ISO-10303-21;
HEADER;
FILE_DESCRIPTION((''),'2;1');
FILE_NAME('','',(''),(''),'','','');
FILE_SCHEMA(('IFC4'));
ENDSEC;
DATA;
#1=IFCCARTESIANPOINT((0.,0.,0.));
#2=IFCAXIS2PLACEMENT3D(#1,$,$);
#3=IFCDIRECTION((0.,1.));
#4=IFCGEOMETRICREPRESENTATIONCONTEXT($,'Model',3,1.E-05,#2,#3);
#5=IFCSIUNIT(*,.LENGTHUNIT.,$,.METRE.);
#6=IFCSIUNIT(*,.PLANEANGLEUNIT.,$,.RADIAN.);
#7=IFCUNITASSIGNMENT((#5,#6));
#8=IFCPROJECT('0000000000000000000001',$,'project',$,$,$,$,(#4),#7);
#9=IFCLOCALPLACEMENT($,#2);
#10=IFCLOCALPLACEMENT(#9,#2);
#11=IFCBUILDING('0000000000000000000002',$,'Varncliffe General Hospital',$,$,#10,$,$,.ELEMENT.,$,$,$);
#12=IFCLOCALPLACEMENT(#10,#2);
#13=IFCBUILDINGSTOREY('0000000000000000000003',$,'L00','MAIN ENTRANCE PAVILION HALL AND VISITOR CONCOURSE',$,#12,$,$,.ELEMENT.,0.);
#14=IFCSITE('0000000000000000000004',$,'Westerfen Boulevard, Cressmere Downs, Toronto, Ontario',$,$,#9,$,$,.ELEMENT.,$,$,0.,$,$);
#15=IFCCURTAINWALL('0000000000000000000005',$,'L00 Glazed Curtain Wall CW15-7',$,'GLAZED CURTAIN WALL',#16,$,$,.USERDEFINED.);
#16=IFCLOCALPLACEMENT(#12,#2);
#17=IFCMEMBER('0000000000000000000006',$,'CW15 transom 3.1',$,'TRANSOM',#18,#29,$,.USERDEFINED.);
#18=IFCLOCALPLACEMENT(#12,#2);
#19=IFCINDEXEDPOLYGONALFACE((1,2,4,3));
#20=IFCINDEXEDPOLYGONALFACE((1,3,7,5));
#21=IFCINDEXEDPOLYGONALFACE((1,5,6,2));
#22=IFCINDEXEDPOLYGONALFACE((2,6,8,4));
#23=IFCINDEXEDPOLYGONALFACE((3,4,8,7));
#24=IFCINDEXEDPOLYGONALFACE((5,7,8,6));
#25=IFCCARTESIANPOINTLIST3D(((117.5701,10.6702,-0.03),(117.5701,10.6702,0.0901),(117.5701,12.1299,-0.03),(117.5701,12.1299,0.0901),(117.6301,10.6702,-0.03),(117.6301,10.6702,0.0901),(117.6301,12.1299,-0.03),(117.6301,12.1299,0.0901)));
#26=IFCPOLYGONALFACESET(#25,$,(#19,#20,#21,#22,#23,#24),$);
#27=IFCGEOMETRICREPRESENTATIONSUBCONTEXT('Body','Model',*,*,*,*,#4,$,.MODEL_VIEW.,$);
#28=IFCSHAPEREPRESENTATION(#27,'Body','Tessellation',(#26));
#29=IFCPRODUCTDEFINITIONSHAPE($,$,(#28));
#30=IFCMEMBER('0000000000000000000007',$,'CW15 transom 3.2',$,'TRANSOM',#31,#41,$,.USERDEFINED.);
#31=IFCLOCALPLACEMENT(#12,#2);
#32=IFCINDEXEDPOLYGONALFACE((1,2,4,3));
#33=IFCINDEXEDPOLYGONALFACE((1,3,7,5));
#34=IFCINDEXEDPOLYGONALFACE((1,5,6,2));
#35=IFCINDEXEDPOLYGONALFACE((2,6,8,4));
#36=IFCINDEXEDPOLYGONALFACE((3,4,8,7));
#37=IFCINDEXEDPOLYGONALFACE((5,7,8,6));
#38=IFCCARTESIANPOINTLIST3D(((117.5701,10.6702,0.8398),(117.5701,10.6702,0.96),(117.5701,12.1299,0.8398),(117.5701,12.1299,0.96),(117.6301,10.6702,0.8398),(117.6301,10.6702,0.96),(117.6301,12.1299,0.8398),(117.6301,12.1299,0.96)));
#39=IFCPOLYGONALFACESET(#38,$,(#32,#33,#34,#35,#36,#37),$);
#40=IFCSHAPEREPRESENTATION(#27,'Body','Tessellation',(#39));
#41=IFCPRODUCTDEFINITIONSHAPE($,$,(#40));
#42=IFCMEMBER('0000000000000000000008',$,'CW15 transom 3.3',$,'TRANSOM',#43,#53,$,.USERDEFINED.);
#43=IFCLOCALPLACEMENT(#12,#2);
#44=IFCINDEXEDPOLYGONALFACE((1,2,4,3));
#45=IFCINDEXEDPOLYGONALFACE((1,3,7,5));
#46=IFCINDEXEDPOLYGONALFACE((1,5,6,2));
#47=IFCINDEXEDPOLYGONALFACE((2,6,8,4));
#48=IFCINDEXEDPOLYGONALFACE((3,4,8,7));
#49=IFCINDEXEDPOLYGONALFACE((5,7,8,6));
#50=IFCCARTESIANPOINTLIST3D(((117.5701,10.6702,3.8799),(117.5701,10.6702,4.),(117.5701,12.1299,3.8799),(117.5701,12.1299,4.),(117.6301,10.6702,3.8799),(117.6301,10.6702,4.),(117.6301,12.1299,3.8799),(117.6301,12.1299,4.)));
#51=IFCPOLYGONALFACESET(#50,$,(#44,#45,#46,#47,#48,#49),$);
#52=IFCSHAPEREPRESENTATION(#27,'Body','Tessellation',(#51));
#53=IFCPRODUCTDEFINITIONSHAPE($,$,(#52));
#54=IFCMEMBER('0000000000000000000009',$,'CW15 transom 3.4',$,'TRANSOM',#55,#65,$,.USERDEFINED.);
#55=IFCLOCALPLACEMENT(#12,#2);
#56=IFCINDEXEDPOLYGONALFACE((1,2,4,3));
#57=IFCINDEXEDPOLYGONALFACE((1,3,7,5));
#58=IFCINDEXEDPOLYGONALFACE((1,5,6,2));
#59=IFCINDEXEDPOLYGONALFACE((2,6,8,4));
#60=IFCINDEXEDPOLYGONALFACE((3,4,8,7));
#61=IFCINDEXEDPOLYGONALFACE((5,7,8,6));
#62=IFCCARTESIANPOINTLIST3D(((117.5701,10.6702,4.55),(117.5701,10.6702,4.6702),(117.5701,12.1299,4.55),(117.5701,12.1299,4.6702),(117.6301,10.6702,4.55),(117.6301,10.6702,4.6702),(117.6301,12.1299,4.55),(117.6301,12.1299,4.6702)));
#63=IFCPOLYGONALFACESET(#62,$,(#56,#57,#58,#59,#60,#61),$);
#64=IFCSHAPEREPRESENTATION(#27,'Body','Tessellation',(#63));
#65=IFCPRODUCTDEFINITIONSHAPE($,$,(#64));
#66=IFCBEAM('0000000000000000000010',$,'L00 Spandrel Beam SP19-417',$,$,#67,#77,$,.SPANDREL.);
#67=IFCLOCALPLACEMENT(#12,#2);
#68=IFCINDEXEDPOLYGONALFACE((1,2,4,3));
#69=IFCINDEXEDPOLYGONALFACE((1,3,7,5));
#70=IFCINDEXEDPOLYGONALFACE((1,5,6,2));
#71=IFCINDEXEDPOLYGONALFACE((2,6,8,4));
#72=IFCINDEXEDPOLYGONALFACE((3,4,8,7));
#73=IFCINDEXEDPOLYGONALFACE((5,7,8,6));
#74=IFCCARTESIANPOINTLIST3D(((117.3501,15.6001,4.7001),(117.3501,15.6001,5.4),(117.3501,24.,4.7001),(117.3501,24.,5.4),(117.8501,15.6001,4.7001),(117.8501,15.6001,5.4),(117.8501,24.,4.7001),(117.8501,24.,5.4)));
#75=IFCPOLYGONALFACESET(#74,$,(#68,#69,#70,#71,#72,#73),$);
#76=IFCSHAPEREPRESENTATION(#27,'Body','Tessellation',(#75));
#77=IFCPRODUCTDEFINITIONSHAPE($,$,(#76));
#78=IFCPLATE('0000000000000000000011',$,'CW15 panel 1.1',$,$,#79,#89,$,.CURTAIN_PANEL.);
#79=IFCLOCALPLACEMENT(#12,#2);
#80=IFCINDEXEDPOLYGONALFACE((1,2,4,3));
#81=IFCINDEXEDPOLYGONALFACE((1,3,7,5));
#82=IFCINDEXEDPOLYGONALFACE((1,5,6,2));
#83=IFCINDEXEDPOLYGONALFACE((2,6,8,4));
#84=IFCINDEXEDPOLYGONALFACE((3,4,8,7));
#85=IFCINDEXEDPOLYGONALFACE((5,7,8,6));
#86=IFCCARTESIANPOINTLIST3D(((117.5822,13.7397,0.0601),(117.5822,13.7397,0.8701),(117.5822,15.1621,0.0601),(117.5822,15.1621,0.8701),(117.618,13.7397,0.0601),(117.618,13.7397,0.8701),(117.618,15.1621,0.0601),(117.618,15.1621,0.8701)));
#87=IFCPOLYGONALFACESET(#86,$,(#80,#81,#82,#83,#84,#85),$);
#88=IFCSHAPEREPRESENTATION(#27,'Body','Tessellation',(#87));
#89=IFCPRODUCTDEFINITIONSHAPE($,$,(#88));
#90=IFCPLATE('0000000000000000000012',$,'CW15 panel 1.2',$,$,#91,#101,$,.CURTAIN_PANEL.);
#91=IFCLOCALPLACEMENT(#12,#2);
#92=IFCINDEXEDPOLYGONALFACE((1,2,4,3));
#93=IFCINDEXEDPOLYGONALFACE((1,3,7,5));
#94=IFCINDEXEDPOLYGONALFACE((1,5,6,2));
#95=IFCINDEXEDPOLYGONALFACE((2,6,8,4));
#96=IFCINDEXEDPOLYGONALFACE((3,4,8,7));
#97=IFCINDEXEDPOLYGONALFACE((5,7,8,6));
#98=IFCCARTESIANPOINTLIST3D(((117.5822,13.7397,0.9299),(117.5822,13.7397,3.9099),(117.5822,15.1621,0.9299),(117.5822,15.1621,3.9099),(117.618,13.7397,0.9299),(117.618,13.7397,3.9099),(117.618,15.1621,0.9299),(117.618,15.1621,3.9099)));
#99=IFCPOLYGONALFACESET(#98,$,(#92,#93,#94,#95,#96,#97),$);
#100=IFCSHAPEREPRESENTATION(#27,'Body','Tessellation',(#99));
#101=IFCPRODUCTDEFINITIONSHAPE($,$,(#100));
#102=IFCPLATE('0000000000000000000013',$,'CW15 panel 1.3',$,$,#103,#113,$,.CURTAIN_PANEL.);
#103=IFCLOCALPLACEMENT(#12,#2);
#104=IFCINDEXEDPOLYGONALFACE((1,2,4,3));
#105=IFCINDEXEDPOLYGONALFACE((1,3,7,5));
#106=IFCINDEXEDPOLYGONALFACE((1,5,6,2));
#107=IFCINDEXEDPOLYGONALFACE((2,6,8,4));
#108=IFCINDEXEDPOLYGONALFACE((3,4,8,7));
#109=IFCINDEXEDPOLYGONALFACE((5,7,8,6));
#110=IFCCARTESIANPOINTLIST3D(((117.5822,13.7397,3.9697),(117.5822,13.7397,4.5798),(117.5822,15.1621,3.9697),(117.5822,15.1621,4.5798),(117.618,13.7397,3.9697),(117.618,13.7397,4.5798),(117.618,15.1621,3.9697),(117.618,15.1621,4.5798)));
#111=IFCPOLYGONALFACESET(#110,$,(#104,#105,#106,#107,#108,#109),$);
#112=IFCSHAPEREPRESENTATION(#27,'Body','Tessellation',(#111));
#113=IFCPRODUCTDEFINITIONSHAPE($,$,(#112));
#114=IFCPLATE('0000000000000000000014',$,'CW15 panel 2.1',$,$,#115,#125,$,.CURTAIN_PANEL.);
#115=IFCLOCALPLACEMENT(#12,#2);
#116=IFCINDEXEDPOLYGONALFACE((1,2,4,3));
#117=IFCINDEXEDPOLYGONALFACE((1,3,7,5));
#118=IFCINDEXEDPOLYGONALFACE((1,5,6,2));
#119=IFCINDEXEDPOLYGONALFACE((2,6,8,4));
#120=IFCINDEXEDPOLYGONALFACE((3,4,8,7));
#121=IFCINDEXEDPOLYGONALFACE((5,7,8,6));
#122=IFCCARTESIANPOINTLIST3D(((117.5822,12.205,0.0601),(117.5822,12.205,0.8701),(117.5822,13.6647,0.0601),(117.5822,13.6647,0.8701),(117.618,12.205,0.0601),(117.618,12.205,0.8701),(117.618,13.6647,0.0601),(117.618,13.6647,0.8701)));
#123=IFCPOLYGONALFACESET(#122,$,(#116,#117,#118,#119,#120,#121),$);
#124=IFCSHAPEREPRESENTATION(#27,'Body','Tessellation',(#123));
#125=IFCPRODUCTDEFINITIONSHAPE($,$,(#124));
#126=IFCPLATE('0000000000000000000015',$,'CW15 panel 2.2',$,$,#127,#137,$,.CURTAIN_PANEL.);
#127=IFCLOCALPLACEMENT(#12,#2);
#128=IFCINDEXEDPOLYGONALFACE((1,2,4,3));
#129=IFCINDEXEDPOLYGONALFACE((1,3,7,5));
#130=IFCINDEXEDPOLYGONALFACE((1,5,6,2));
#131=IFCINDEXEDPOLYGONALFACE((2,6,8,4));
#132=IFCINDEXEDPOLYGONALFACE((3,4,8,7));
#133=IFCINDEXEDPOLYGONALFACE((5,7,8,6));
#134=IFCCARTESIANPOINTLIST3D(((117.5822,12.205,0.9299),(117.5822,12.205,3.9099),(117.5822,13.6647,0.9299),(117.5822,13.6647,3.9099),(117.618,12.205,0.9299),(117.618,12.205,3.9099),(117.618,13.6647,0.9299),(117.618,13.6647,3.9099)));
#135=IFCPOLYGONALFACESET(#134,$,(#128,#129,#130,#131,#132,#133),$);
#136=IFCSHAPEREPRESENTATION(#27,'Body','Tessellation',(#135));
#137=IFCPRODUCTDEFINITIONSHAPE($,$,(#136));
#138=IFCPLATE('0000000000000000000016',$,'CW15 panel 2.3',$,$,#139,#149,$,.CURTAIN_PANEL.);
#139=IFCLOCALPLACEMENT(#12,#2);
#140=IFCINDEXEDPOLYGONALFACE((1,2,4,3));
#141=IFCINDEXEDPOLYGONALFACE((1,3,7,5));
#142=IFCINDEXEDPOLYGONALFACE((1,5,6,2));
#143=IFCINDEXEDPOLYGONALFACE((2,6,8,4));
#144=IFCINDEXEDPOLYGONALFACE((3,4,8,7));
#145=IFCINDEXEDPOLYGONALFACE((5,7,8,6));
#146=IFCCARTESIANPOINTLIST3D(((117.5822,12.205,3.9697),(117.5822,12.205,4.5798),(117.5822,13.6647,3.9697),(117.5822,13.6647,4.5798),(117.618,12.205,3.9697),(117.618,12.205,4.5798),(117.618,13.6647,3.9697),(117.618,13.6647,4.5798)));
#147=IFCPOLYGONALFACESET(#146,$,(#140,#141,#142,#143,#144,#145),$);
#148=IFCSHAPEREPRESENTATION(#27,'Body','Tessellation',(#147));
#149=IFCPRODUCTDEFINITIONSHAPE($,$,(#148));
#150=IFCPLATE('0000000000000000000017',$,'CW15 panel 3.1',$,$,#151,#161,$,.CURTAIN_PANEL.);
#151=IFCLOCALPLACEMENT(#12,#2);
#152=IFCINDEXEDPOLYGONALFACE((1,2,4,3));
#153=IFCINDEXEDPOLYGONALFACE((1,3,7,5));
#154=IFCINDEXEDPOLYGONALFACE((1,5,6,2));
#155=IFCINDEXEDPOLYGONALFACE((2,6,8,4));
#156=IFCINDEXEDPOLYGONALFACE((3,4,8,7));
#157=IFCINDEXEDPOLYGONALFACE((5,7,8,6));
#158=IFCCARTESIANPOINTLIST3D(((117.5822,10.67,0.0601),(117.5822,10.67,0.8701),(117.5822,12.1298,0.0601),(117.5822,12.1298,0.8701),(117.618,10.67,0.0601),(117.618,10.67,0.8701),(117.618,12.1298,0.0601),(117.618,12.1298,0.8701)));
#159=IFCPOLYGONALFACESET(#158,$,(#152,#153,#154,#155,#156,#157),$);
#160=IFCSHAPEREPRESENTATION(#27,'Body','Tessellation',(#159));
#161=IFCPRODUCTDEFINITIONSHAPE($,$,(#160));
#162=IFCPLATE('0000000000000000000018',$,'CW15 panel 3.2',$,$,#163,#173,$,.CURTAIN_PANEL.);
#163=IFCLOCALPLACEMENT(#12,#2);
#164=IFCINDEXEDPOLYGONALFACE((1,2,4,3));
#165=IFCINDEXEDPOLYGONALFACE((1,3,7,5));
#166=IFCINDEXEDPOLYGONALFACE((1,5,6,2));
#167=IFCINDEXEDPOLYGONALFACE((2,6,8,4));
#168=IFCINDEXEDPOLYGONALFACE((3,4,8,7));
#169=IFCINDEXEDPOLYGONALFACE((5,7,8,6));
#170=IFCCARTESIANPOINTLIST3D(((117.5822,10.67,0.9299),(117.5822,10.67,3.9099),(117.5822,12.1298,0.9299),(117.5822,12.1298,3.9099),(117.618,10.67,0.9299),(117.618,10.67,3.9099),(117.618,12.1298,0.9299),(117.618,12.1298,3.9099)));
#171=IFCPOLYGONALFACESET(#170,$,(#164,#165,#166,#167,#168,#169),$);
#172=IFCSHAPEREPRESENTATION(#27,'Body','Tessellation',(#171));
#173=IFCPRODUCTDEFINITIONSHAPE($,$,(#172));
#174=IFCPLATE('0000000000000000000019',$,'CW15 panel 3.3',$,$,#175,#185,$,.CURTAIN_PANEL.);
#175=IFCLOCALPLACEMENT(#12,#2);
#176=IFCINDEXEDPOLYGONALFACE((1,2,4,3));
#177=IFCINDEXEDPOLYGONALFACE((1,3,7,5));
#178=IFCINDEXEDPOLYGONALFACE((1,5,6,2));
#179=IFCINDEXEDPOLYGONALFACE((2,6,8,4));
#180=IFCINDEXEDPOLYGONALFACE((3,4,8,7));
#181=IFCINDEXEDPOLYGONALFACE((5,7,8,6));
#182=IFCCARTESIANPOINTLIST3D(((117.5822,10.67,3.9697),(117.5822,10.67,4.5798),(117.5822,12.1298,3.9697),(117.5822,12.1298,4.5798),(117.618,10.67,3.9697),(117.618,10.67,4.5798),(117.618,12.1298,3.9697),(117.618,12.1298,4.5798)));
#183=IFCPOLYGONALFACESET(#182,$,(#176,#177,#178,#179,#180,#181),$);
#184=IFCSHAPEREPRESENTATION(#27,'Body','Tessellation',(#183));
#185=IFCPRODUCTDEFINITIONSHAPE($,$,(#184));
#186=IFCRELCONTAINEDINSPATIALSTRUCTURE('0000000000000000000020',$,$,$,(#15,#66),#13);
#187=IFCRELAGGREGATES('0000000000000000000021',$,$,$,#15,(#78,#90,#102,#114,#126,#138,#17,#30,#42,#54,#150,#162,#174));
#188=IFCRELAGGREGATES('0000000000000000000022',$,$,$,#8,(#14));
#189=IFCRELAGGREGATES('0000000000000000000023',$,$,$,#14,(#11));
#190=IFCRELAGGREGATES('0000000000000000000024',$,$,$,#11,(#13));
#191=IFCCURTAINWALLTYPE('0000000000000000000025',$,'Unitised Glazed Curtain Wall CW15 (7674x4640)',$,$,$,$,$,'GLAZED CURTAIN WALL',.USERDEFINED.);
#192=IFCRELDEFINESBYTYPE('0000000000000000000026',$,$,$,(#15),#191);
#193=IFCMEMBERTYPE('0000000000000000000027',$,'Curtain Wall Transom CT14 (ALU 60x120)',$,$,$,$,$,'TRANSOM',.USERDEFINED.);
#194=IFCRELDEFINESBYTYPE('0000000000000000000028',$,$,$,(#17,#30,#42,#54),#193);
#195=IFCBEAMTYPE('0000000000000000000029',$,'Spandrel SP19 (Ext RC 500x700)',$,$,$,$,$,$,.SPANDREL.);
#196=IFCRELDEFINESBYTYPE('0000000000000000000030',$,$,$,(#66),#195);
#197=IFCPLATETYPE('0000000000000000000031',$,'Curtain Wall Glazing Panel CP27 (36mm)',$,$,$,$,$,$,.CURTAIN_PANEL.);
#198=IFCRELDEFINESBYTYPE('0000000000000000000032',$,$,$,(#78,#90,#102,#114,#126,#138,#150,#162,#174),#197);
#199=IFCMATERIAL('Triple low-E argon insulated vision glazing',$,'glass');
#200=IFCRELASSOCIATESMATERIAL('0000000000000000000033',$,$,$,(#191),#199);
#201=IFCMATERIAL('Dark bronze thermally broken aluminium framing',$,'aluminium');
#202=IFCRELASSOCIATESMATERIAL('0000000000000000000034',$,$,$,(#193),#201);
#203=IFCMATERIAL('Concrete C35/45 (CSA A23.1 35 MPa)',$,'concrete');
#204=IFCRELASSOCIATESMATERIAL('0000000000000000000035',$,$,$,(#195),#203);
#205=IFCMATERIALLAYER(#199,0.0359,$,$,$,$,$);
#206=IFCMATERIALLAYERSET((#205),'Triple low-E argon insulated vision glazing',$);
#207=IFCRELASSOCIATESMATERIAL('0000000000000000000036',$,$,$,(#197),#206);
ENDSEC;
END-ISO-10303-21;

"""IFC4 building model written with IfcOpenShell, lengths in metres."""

from ifc_helpers import new_model, si_unit, direction, frame, origin, origin_2d, place, context, subcontext, project, spatial, rectangle, extrude, material, layer, layer_set, material_profile, profile_set, type_object, element, aggregate, save


model = new_model("IFC4")

# Units and contexts
model_context = context("Model", 3, precision=1e-05, world=origin(), true_north=direction((0.0, 1.0)))
body_context = subcontext(model_context, "Body", "Model", "MODEL_VIEW")
ifc_project = project(units=[si_unit("LENGTHUNIT", "METRE"), si_unit("PLANEANGLEUNIT", "RADIAN")], contexts=[model_context])

# Site, building, storey
site_placement = place(None, origin())
site = spatial("IfcSite", under=ifc_project, at=site_placement, Name="Westerfen Boulevard, Cressmere Downs, Toronto, Ontario", CompositionType="ELEMENT", RefElevation=0.0)
building_placement = place(site_placement, origin())
building = spatial("IfcBuilding", under=site, at=building_placement, Name="Varncliffe General Hospital", CompositionType="ELEMENT")
storey_placement = place(building_placement, origin())
storey = spatial("IfcBuildingStorey", under=building, at=storey_placement, Name="L00", Description="MAIN ENTRANCE PAVILION HALL AND VISITOR CONCOURSE", CompositionType="ELEMENT", Elevation=0.0)

# Curtain wall
ifc_material_1 = material(Name="Triple low-E argon insulated vision glazing", Category="glass")
curtain_wall_type_1 = type_object("IfcCurtainWallType", Name="Unitised Glazed Curtain Wall CW15 (7674x4640)", ElementType="GLAZED CURTAIN WALL", PredefinedType="USERDEFINED", material=ifc_material_1)
curtain_wall_1_placement = place(storey_placement, origin())
curtain_wall_1 = element("IfcCurtainWall", 1, at=curtain_wall_1_placement, inside=storey, type_object=curtain_wall_type_1, Name="L00 Glazed Curtain Wall CW15-7", ObjectType="GLAZED CURTAIN WALL", PredefinedType="USERDEFINED")
ifc_material_2 = material(Name="Dark bronze thermally broken aluminium framing", Category="aluminium")

# Members
ifc_material_profile_1 = material_profile(ifc_material_2, rectangle(XDim=0.0601, YDim=0.1201, at=origin_2d()), Name="ALU 60x120")
ifc_profile_set_1 = profile_set([ifc_material_profile_1], Name="Dark bronze thermally broken aluminium framing")
member_type_1 = type_object("IfcMemberType", Name="Curtain Wall Transom CT14 (ALU 60x120)", ElementType="TRANSOM", PredefinedType="USERDEFINED", material=ifc_profile_set_1)
member_1_placement = place(storey_placement, frame((117.6001, 12.1299, 0.03), z_axis=(0.0, -1.0, 0.0), x_axis=(1.0, 0.0, 0.0)))
member_1 = element("IfcMember", 2, at=member_1_placement, type_object=member_type_1, Name="CW15 transom 3.1", ObjectType="TRANSOM", PredefinedType="USERDEFINED", context=body_context, shape_type="SweptSolid", body=[
    extrude(rectangle(XDim=0.0601, YDim=0.1201, at=origin_2d()), origin(), (0.0, 0.0, 1.0), 1.4597),
])
member_2_placement = place(storey_placement, frame((117.6001, 12.1299, 0.8999), z_axis=(0.0, -1.0, 0.0), x_axis=(1.0, 0.0, 0.0)))
member_2 = element("IfcMember", 3, at=member_2_placement, type_object=member_type_1, Name="CW15 transom 3.2", ObjectType="TRANSOM", PredefinedType="USERDEFINED", context=body_context, shape_type="SweptSolid", body=[
    extrude(rectangle(XDim=0.0601, YDim=0.1201, at=origin_2d()), origin(), (0.0, 0.0, 1.0), 1.4597),
])
member_3_placement = place(storey_placement, frame((117.6001, 12.1299, 3.9399), z_axis=(0.0, -1.0, 0.0), x_axis=(1.0, 0.0, 0.0)))
member_3 = element("IfcMember", 4, at=member_3_placement, type_object=member_type_1, Name="CW15 transom 3.3", ObjectType="TRANSOM", PredefinedType="USERDEFINED", context=body_context, shape_type="SweptSolid", body=[
    extrude(rectangle(XDim=0.0601, YDim=0.1201, at=origin_2d()), origin(), (0.0, 0.0, 1.0), 1.4597),
])
member_4_placement = place(storey_placement, frame((117.6001, 12.1299, 4.6101), z_axis=(0.0, -1.0, 0.0), x_axis=(1.0, 0.0, 0.0)))
member_4 = element("IfcMember", 5, at=member_4_placement, type_object=member_type_1, Name="CW15 transom 3.4", ObjectType="TRANSOM", PredefinedType="USERDEFINED", context=body_context, shape_type="SweptSolid", body=[
    extrude(rectangle(XDim=0.0601, YDim=0.1201, at=origin_2d()), origin(), (0.0, 0.0, 1.0), 1.4597),
])

# Beam
ifc_material_3 = material(Name="Concrete C35/45 (CSA A23.1 35 MPa)", Category="concrete")
ifc_material_profile_2 = material_profile(ifc_material_3, rectangle(XDim=0.5, YDim=0.7, at=origin_2d()), Name="RC 500x700")
ifc_profile_set_2 = profile_set([ifc_material_profile_2], Name="Concrete C35/45 (CSA A23.1 35 MPa)")
beam_type = type_object("IfcBeamType", Name="Spandrel SP19 (Ext RC 500x700)", PredefinedType="SPANDREL", material=ifc_profile_set_2)
beam_placement = place(storey_placement, frame((117.6001, 15.6001, 5.05), z_axis=(0.0, 1.0, 0.0), x_axis=(-1.0, 0.0, 0.0)))
element("IfcBeam", 6, at=beam_placement, inside=storey, type_object=beam_type, Name="L00 Spandrel Beam SP19-417", PredefinedType="SPANDREL", context=body_context, shape_type="SweptSolid", body=[
    extrude(rectangle(XDim=0.5, YDim=0.7, at=origin_2d()), origin(), (0.0, 0.0, 1.0), 8.3999),
])

# Plates
ifc_layer = layer(ifc_material_1, 0.0359)
ifc_layer_set = layer_set([ifc_layer], Name="Triple low-E argon insulated vision glazing")
plate_type = type_object("IfcPlateType", Name="Curtain Wall Glazing Panel CP27 (36mm)", PredefinedType="CURTAIN_PANEL", material=ifc_layer_set)
plate_1_placement = place(storey_placement, frame((117.6001, 14.4509, 0.0601), z_axis=(0.0, 0.0, 1.0), x_axis=(0.0, -1.0, 0.0)))
plate_1 = element("IfcPlate", 7, at=plate_1_placement, type_object=plate_type, Name="CW15 panel 1.1", PredefinedType="CURTAIN_PANEL", context=body_context, shape_type="SweptSolid", body=[
    extrude(rectangle(XDim=1.4224, YDim=0.0359, at=origin_2d()), origin(), (0.0, 0.0, 1.0), 0.8101),
])
plate_2_placement = place(storey_placement, frame((117.6001, 14.4509, 0.9299), z_axis=(0.0, 0.0, 1.0), x_axis=(0.0, -1.0, 0.0)))
plate_2 = element("IfcPlate", 8, at=plate_2_placement, type_object=plate_type, Name="CW15 panel 1.2", PredefinedType="CURTAIN_PANEL", context=body_context, shape_type="SweptSolid", body=[
    extrude(rectangle(XDim=1.4224, YDim=0.0359, at=origin_2d()), origin(), (0.0, 0.0, 1.0), 2.98),
])
plate_3_placement = place(storey_placement, frame((117.6001, 14.4509, 3.9697), z_axis=(0.0, 0.0, 1.0), x_axis=(0.0, -1.0, 0.0)))
plate_3 = element("IfcPlate", 9, at=plate_3_placement, type_object=plate_type, Name="CW15 panel 1.3", PredefinedType="CURTAIN_PANEL", context=body_context, shape_type="SweptSolid", body=[
    extrude(rectangle(XDim=1.4224, YDim=0.0359, at=origin_2d()), origin(), (0.0, 0.0, 1.0), 0.6101),
])
plate_4_placement = place(storey_placement, frame((117.6001, 12.9348, 0.0601), z_axis=(0.0, 0.0, 1.0), x_axis=(0.0, -1.0, 0.0)))
plate_4 = element("IfcPlate", 10, at=plate_4_placement, type_object=plate_type, Name="CW15 panel 2.1", PredefinedType="CURTAIN_PANEL", context=body_context, shape_type="SweptSolid", body=[
    extrude(rectangle(XDim=1.4597, YDim=0.0359, at=origin_2d()), origin(), (0.0, 0.0, 1.0), 0.8101),
])
plate_5_placement = place(storey_placement, frame((117.6001, 12.9348, 0.9299), z_axis=(0.0, 0.0, 1.0), x_axis=(0.0, -1.0, 0.0)))
plate_5 = element("IfcPlate", 11, at=plate_5_placement, type_object=plate_type, Name="CW15 panel 2.2", PredefinedType="CURTAIN_PANEL", context=body_context, shape_type="SweptSolid", body=[
    extrude(rectangle(XDim=1.4597, YDim=0.0359, at=origin_2d()), origin(), (0.0, 0.0, 1.0), 2.98),
])
plate_6_placement = place(storey_placement, frame((117.6001, 12.9348, 3.9697), z_axis=(0.0, 0.0, 1.0), x_axis=(0.0, -1.0, 0.0)))
plate_6 = element("IfcPlate", 12, at=plate_6_placement, type_object=plate_type, Name="CW15 panel 2.3", PredefinedType="CURTAIN_PANEL", context=body_context, shape_type="SweptSolid", body=[
    extrude(rectangle(XDim=1.4597, YDim=0.0359, at=origin_2d()), origin(), (0.0, 0.0, 1.0), 0.6101),
])
plate_7_placement = place(storey_placement, frame((117.6001, 11.3999, 0.0601), z_axis=(0.0, 0.0, 1.0), x_axis=(0.0, -1.0, 0.0)))
plate_7 = element("IfcPlate", 13, at=plate_7_placement, type_object=plate_type, Name="CW15 panel 3.1", PredefinedType="CURTAIN_PANEL", context=body_context, shape_type="SweptSolid", body=[
    extrude(rectangle(XDim=1.4597, YDim=0.0359, at=origin_2d()), origin(), (0.0, 0.0, 1.0), 0.8101),
])
plate_8_placement = place(storey_placement, frame((117.6001, 11.3999, 0.9299), z_axis=(0.0, 0.0, 1.0), x_axis=(0.0, -1.0, 0.0)))
plate_8 = element("IfcPlate", 14, at=plate_8_placement, type_object=plate_type, Name="CW15 panel 3.2", PredefinedType="CURTAIN_PANEL", context=body_context, shape_type="SweptSolid", body=[
    extrude(rectangle(XDim=1.4597, YDim=0.0359, at=origin_2d()), origin(), (0.0, 0.0, 1.0), 2.98),
])
plate_9_placement = place(storey_placement, frame((117.6001, 11.3999, 3.9697), z_axis=(0.0, 0.0, 1.0), x_axis=(0.0, -1.0, 0.0)))
plate_9 = element("IfcPlate", 15, at=plate_9_placement, type_object=plate_type, Name="CW15 panel 3.3", PredefinedType="CURTAIN_PANEL", context=body_context, shape_type="SweptSolid", body=[
    extrude(rectangle(XDim=1.4597, YDim=0.0359, at=origin_2d()), origin(), (0.0, 0.0, 1.0), 0.6101),
])
aggregate(curtain_wall_1, [plate_1, plate_2, plate_3, plate_4, plate_5, plate_6, member_1, member_2, member_3, member_4, plate_7, plate_8, plate_9])

save(model, "model.ifc")
